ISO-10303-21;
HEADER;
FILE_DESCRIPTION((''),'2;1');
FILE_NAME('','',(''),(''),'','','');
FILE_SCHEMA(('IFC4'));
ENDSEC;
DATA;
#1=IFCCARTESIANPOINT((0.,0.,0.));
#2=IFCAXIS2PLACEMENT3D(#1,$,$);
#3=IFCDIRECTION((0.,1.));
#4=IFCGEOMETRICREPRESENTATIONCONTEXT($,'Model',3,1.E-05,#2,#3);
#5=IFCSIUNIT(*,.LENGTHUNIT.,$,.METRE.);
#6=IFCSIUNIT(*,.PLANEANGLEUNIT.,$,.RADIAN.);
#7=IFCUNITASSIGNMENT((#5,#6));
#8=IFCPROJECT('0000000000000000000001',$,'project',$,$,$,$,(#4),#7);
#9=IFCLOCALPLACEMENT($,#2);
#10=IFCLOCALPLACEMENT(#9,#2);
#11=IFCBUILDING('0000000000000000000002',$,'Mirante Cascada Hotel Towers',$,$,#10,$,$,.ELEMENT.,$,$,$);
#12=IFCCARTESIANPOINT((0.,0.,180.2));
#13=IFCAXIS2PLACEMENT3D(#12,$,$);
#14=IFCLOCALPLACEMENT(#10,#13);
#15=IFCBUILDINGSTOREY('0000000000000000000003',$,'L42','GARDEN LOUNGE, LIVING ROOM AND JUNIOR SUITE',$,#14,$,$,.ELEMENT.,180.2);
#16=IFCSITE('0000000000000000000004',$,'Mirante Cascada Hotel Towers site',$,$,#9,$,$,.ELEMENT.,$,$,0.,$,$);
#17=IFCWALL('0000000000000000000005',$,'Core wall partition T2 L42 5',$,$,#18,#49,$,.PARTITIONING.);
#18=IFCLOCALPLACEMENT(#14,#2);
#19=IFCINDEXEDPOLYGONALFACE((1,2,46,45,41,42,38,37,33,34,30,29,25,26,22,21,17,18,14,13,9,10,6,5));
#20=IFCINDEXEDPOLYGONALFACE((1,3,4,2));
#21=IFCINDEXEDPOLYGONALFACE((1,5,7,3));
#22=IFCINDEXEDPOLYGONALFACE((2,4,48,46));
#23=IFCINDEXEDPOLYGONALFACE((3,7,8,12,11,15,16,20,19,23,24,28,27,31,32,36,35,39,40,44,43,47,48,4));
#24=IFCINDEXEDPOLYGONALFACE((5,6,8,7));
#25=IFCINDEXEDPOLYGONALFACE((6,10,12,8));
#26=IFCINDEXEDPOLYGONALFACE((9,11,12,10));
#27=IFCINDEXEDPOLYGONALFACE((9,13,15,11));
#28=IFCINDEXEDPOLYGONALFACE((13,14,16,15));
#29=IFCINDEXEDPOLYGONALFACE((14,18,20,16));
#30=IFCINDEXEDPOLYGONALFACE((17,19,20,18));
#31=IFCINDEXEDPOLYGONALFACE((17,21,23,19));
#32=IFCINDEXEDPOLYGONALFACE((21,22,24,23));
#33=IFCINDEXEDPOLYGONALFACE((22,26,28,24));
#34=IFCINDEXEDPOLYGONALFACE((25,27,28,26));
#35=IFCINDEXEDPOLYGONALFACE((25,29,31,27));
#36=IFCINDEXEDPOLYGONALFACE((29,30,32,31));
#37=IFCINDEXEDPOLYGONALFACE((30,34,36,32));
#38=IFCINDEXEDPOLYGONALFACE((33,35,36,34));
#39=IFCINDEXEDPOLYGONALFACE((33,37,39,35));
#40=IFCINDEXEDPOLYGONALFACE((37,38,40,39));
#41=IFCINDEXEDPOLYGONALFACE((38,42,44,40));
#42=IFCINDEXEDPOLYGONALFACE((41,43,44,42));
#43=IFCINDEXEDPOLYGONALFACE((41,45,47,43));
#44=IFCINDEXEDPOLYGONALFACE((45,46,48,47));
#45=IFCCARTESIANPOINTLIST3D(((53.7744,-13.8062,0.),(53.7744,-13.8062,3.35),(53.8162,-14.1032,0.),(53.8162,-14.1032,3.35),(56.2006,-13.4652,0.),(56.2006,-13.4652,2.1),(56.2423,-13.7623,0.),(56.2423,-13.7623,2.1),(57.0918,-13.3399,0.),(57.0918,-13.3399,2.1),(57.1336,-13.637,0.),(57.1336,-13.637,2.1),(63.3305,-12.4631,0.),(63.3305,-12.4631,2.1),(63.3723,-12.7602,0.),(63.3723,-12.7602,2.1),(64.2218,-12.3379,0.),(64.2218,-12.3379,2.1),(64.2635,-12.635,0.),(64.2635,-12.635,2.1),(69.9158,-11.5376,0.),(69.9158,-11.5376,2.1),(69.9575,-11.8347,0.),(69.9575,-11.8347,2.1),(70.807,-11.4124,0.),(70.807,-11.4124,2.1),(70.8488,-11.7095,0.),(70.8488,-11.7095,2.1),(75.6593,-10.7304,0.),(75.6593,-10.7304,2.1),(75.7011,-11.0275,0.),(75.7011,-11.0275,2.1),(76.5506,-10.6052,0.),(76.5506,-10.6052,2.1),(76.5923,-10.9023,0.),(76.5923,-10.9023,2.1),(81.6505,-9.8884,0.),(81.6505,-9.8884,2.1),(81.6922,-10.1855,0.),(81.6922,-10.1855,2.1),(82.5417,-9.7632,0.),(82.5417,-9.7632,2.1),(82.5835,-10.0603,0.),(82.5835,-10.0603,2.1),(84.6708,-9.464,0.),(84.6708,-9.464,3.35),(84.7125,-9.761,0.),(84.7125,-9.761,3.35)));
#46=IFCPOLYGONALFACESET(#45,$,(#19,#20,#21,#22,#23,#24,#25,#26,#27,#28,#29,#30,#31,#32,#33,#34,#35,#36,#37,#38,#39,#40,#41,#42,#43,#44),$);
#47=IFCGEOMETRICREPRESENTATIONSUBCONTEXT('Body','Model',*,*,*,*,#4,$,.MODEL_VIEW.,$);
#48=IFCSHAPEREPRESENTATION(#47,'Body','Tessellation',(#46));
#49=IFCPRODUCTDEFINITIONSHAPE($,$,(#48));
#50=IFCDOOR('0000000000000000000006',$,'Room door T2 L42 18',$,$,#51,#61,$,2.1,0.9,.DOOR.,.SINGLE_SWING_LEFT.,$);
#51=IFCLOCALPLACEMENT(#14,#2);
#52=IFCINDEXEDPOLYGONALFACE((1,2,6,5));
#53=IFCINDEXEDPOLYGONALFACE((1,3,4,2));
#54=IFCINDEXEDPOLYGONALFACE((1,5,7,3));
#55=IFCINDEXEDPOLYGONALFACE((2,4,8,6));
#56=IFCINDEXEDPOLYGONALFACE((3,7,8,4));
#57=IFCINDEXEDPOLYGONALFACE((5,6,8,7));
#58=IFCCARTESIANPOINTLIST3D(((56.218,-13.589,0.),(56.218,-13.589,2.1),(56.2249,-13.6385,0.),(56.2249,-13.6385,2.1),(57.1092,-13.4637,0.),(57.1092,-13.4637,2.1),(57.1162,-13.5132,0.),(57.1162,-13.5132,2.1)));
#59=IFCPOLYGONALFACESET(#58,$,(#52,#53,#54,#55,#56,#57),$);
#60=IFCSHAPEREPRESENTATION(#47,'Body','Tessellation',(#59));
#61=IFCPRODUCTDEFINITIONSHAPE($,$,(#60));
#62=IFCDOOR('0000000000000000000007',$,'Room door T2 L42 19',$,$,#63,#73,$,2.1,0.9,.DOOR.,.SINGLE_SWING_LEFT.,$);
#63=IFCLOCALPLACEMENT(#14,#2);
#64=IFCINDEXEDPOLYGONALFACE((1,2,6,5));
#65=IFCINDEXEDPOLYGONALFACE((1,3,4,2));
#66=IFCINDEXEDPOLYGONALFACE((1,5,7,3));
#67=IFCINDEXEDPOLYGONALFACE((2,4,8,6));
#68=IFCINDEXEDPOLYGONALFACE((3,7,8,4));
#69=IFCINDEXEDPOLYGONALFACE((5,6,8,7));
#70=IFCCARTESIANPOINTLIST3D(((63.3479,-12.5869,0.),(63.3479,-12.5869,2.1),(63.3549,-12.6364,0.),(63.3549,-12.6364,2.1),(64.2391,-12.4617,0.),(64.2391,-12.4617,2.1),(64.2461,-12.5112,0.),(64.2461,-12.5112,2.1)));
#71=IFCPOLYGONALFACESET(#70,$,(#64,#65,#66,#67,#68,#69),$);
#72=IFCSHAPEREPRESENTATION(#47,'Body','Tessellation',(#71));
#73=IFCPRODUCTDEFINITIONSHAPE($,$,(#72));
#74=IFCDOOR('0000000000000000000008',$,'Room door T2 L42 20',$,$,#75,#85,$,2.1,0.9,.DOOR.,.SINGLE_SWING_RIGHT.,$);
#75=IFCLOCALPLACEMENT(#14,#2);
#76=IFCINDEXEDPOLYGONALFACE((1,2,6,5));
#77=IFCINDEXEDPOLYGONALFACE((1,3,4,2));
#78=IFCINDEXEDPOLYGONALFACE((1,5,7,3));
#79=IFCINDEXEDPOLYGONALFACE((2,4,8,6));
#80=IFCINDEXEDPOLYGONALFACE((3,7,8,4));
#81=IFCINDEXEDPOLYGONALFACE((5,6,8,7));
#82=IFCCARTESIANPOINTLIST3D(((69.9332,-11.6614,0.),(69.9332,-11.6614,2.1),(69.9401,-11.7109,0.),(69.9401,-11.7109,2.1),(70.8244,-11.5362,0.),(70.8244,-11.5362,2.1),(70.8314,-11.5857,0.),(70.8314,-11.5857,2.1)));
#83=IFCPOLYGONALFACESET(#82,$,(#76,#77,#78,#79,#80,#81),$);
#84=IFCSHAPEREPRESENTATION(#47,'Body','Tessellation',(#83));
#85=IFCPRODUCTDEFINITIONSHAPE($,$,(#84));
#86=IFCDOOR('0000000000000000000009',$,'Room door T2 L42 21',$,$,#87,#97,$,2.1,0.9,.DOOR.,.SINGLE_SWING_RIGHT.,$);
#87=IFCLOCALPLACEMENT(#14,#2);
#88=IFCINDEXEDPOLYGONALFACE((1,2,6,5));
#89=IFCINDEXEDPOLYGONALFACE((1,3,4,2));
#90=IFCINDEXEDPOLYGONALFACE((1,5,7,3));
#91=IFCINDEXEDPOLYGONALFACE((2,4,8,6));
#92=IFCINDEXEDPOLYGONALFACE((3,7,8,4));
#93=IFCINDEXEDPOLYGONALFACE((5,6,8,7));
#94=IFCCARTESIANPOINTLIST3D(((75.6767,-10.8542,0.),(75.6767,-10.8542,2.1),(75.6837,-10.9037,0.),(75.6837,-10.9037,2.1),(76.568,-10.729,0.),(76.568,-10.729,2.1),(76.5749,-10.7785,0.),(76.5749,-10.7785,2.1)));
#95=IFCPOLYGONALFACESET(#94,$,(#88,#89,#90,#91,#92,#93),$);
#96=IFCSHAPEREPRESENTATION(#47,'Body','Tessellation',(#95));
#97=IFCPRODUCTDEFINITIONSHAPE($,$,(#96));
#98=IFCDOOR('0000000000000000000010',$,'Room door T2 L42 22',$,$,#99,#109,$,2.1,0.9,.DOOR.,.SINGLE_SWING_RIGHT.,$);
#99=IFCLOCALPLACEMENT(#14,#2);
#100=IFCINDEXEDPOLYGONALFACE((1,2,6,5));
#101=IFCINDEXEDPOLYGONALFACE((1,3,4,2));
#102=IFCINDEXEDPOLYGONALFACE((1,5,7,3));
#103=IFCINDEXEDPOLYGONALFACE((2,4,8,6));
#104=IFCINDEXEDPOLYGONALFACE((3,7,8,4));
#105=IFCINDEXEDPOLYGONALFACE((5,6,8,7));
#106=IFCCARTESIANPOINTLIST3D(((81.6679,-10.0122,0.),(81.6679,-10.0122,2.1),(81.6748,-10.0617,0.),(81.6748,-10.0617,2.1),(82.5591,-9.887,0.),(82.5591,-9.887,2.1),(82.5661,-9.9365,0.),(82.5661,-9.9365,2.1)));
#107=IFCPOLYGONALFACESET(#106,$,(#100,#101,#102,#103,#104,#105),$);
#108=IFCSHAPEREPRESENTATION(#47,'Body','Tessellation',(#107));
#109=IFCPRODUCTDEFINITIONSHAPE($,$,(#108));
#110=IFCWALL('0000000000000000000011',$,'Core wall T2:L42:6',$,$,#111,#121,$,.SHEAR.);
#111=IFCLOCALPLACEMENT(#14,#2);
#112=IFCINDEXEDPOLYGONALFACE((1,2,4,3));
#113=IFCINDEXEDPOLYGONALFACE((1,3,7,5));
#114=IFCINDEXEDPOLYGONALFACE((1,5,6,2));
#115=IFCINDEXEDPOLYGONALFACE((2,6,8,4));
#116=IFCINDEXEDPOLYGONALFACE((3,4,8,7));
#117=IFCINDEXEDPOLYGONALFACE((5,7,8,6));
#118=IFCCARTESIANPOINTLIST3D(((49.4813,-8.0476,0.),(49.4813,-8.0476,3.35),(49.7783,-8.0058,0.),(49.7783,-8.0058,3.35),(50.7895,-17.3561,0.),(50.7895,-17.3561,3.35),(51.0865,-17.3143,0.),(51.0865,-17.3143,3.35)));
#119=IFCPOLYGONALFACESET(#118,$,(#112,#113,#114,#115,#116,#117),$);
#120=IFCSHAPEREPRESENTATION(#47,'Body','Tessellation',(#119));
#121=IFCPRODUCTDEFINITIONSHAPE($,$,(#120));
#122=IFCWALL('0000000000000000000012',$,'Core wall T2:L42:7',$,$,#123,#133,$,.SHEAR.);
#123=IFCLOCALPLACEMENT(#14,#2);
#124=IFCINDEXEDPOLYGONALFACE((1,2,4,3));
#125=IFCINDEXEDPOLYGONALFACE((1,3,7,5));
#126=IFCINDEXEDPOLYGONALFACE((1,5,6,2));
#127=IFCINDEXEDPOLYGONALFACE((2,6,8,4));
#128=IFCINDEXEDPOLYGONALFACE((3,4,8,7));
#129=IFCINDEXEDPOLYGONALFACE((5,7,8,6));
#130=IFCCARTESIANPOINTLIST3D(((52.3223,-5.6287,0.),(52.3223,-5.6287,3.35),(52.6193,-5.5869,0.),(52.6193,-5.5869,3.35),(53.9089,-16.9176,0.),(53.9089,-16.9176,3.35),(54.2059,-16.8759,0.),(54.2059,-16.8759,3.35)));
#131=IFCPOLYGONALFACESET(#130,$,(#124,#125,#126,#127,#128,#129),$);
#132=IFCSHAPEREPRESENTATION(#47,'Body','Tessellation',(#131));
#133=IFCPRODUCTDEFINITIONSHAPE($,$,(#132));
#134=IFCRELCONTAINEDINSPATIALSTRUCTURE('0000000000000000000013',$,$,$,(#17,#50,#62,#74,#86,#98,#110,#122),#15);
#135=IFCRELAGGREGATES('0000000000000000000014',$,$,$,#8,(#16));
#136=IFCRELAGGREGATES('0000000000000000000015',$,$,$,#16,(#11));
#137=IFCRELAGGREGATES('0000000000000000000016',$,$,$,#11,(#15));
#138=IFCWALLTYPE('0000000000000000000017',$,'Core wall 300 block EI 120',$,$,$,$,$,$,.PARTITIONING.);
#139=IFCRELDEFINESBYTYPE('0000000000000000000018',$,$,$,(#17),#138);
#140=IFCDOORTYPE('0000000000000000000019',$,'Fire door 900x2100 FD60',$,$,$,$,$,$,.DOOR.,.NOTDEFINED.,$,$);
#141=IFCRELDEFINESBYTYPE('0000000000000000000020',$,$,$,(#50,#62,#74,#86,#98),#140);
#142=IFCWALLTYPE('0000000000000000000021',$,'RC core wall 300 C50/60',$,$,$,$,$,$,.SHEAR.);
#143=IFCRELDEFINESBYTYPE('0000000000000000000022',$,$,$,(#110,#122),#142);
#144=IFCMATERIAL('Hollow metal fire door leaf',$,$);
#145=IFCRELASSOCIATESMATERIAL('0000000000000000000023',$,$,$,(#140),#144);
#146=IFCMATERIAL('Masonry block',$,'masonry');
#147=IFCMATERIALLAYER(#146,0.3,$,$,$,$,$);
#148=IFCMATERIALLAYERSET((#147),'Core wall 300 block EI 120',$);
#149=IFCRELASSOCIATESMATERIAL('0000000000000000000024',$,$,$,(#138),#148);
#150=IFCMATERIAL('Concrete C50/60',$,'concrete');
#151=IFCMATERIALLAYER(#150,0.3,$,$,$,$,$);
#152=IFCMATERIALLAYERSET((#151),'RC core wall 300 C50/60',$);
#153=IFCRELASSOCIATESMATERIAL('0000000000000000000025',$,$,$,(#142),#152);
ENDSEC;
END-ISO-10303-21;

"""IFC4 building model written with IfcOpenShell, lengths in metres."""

from ifc_helpers import new_model, si_unit, direction, frame, frame_2d, origin, place, context, subcontext, project, spatial, rectangle, extrude, material, layer, layer_set, type_object, element, fill, save


model = new_model("IFC4")

# Units and contexts
model_context = context("Model", 3, precision=1e-05, world=origin(), true_north=direction((0.0, 1.0)))
body_context = subcontext(model_context, "Body", "Model", "MODEL_VIEW")
ifc_project = project(units=[si_unit("LENGTHUNIT", "METRE"), si_unit("PLANEANGLEUNIT", "RADIAN")], contexts=[model_context])

# Site, building, storey
site_placement = place(None, origin())
site = spatial("IfcSite", under=ifc_project, at=site_placement, Name="Mirante Cascada Hotel Towers site", CompositionType="ELEMENT", RefElevation=0.0)
building_placement = place(site_placement, origin())
building = spatial("IfcBuilding", under=site, at=building_placement, Name="Mirante Cascada Hotel Towers", CompositionType="ELEMENT")
storey_placement = place(building_placement, frame((0.0, 0.0, 180.2)))
storey = spatial("IfcBuildingStorey", under=building, at=storey_placement, Name="L42", Description="GARDEN LOUNGE, LIVING ROOM AND JUNIOR SUITE", CompositionType="ELEMENT", Elevation=180.2)

# Shared definitions
ifc_material_1 = material(Name="Hollow metal fire door leaf")
door_type_1 = type_object("IfcDoorType", Name="Fire door 900x2100 FD60", OperationType="NOTDEFINED", PredefinedType="DOOR", material=ifc_material_1)

# Wall, openings, doors
ifc_material_2 = material(Name="Masonry block", Category="masonry")
ifc_layer_1 = layer(ifc_material_2, 0.3)
ifc_layer_set_1 = layer_set([ifc_layer_1], Name="Core wall 300 block EI 120")
wall_type_1 = type_object("IfcWallType", Name="Core wall 300 block EI 120", PredefinedType="PARTITIONING", material=ifc_layer_set_1)
wall_1_placement = place(storey_placement, frame((53.7953, -13.9547, 0.0), z_axis=(0.0, 0.0, 1.0), x_axis=(0.990268, 0.139173, 0.0)))
wall_1 = element("IfcWall", 1, at=wall_1_placement, inside=storey, type_object=wall_type_1, Name="Core wall partition T2 L42 5", PredefinedType="PARTITIONING", context=body_context, shape_type="SweptSolid", body=[
    extrude(rectangle(XDim=31.2, YDim=0.3, at=frame_2d((15.6, 0.0))), origin(), (0.0, 0.0, 1.0), 3.35),
])
opening_1_placement = place(wall_1_placement, frame((2.45, 0.0, 0.0)))
opening_1 = element("IfcOpeningElement", 2, at=opening_1_placement, cuts=wall_1, PredefinedType="OPENING", context=body_context, shape_type="SweptSolid", body=[
    extrude(rectangle(XDim=0.9, YDim=2.1, at=frame_2d((0.45, 1.05))), frame((0.0, 0.15, 0.0), z_axis=(0.0, -1.0, 0.0), x_axis=(1.0, 0.0, 0.0)), (0.0, 0.0, 1.0), 0.3),
])
opening_2_placement = place(wall_1_placement, frame((9.65, 0.0, 0.0)))
opening_2 = element("IfcOpeningElement", 3, at=opening_2_placement, cuts=wall_1, PredefinedType="OPENING", context=body_context, shape_type="SweptSolid", body=[
    extrude(rectangle(XDim=0.9, YDim=2.1, at=frame_2d((0.45, 1.05))), frame((0.0, 0.15, 0.0), z_axis=(0.0, -1.0, 0.0), x_axis=(1.0, 0.0, 0.0)), (0.0, 0.0, 1.0), 0.3),
])
opening_3_placement = place(wall_1_placement, frame((16.3, 0.0, 0.0)))
opening_3 = element("IfcOpeningElement", 4, at=opening_3_placement, cuts=wall_1, PredefinedType="OPENING", context=body_context, shape_type="SweptSolid", body=[
    extrude(rectangle(XDim=0.9, YDim=2.1, at=frame_2d((0.45, 1.05))), frame((0.0, 0.15, 0.0), z_axis=(0.0, -1.0, 0.0), x_axis=(1.0, 0.0, 0.0)), (0.0, 0.0, 1.0), 0.3),
])
opening_4_placement = place(wall_1_placement, frame((22.1, 0.0, 0.0)))
opening_4 = element("IfcOpeningElement", 5, at=opening_4_placement, cuts=wall_1, PredefinedType="OPENING", context=body_context, shape_type="SweptSolid", body=[
    extrude(rectangle(XDim=0.9, YDim=2.1, at=frame_2d((0.45, 1.05))), frame((0.0, 0.15, 0.0), z_axis=(0.0, -1.0, 0.0), x_axis=(1.0, 0.0, 0.0)), (0.0, 0.0, 1.0), 0.3),
])
opening_5_placement = place(wall_1_placement, frame((28.15, 0.0, 0.0)))
opening_5 = element("IfcOpeningElement", 6, at=opening_5_placement, cuts=wall_1, PredefinedType="OPENING", context=body_context, shape_type="SweptSolid", body=[
    extrude(rectangle(XDim=0.9, YDim=2.1, at=frame_2d((0.45, 1.05))), frame((0.0, 0.15, 0.0), z_axis=(0.0, -1.0, 0.0), x_axis=(1.0, 0.0, 0.0)), (0.0, 0.0, 1.0), 0.3),
])
door_1_placement = place(opening_1_placement, frame((0.9, 0.0, 0.0), z_axis=(0.0, 0.0, 1.0), x_axis=(-1.0, 0.0, 0.0)))
door_1 = element("IfcDoor", 7, at=door_1_placement, inside=storey, type_object=door_type_1, Name="Room door T2 L42 18", OperationType="SINGLE_SWING_LEFT", OverallHeight=2.1, OverallWidth=0.9, PredefinedType="DOOR", context=body_context, shape_type="SweptSolid", body=[
    extrude(rectangle(XDim=0.9, YDim=2.1, at=frame_2d((0.45, 1.05))), frame((0.0, 0.025, 0.0), z_axis=(0.0, -1.0, 0.0), x_axis=(1.0, 0.0, 0.0)), (0.0, 0.0, 1.0), 0.05),
])
fill(opening_1, door_1)
door_2_placement = place(opening_2_placement, frame((0.9, 0.0, 0.0), z_axis=(0.0, 0.0, 1.0), x_axis=(-1.0, 0.0, 0.0)))
door_2 = element("IfcDoor", 8, at=door_2_placement, inside=storey, type_object=door_type_1, Name="Room door T2 L42 19", OperationType="SINGLE_SWING_LEFT", OverallHeight=2.1, OverallWidth=0.9, PredefinedType="DOOR", context=body_context, shape_type="SweptSolid", body=[
    extrude(rectangle(XDim=0.9, YDim=2.1, at=frame_2d((0.45, 1.05))), frame((0.0, 0.025, 0.0), z_axis=(0.0, -1.0, 0.0), x_axis=(1.0, 0.0, 0.0)), (0.0, 0.0, 1.0), 0.05),
])
fill(opening_2, door_2)
door_3_placement = place(opening_3_placement, frame((0.9, 0.0, 0.0), z_axis=(0.0, 0.0, 1.0), x_axis=(-1.0, 0.0, 0.0)))
door_3 = element("IfcDoor", 9, at=door_3_placement, inside=storey, type_object=door_type_1, Name="Room door T2 L42 20", OperationType="SINGLE_SWING_RIGHT", OverallHeight=2.1, OverallWidth=0.9, PredefinedType="DOOR", context=body_context, shape_type="SweptSolid", body=[
    extrude(rectangle(XDim=0.9, YDim=2.1, at=frame_2d((0.45, 1.05))), frame((0.0, 0.025, 0.0), z_axis=(0.0, -1.0, 0.0), x_axis=(1.0, 0.0, 0.0)), (0.0, 0.0, 1.0), 0.05),
])
fill(opening_3, door_3)
door_4_placement = place(opening_4_placement, frame((0.9, 0.0, 0.0), z_axis=(0.0, 0.0, 1.0), x_axis=(-1.0, 0.0, 0.0)))
door_4 = element("IfcDoor", 10, at=door_4_placement, inside=storey, type_object=door_type_1, Name="Room door T2 L42 21", OperationType="SINGLE_SWING_RIGHT", OverallHeight=2.1, OverallWidth=0.9, PredefinedType="DOOR", context=body_context, shape_type="SweptSolid", body=[
    extrude(rectangle(XDim=0.9, YDim=2.1, at=frame_2d((0.45, 1.05))), frame((0.0, 0.025, 0.0), z_axis=(0.0, -1.0, 0.0), x_axis=(1.0, 0.0, 0.0)), (0.0, 0.0, 1.0), 0.05),
])
fill(opening_4, door_4)
door_5_placement = place(opening_5_placement, frame((0.9, 0.0, 0.0), z_axis=(0.0, 0.0, 1.0), x_axis=(-1.0, 0.0, 0.0)))
door_5 = element("IfcDoor", 11, at=door_5_placement, inside=storey, type_object=door_type_1, Name="Room door T2 L42 22", OperationType="SINGLE_SWING_RIGHT", OverallHeight=2.1, OverallWidth=0.9, PredefinedType="DOOR", context=body_context, shape_type="SweptSolid", body=[
    extrude(rectangle(XDim=0.9, YDim=2.1, at=frame_2d((0.45, 1.05))), frame((0.0, 0.025, 0.0), z_axis=(0.0, -1.0, 0.0), x_axis=(1.0, 0.0, 0.0)), (0.0, 0.0, 1.0), 0.05),
])
fill(opening_5, door_5)

# Walls
ifc_material_3 = material(Name="Concrete C50/60", Category="concrete")
ifc_layer_2 = layer(ifc_material_3, 0.3)
ifc_layer_set_2 = layer_set([ifc_layer_2], Name="RC core wall 300 C50/60")
wall_type_2 = type_object("IfcWallType", Name="RC core wall 300 C50/60", PredefinedType="SHEAR", material=ifc_layer_set_2)
wall_2_placement = place(storey_placement, frame((50.938, -17.3352, 0.0), z_axis=(0.0, 0.0, 1.0), x_axis=(-0.139171, 0.990268, 0.0)))
element("IfcWall", 12, at=wall_2_placement, inside=storey, type_object=wall_type_2, Name="Core wall T2:L42:6", PredefinedType="SHEAR", context=body_context, shape_type="SweptSolid", body=[
    extrude(rectangle(XDim=9.4, YDim=0.3, at=frame_2d((4.7, 0.0))), origin(), (0.0, 0.0, 1.0), 3.35),
])
wall_3_placement = place(storey_placement, frame((54.0574, -16.8968, 0.0), z_axis=(0.0, 0.0, 1.0), x_axis=(-0.139176, 0.990268, 0.0)))
element("IfcWall", 13, at=wall_3_placement, inside=storey, type_object=wall_type_2, Name="Core wall T2:L42:7", PredefinedType="SHEAR", context=body_context, shape_type="SweptSolid", body=[
    extrude(rectangle(XDim=11.3999, YDim=0.3, at=frame_2d((5.7, 0.0))), origin(), (0.0, 0.0, 1.0), 3.35),
])

save(model, "model.ifc")
